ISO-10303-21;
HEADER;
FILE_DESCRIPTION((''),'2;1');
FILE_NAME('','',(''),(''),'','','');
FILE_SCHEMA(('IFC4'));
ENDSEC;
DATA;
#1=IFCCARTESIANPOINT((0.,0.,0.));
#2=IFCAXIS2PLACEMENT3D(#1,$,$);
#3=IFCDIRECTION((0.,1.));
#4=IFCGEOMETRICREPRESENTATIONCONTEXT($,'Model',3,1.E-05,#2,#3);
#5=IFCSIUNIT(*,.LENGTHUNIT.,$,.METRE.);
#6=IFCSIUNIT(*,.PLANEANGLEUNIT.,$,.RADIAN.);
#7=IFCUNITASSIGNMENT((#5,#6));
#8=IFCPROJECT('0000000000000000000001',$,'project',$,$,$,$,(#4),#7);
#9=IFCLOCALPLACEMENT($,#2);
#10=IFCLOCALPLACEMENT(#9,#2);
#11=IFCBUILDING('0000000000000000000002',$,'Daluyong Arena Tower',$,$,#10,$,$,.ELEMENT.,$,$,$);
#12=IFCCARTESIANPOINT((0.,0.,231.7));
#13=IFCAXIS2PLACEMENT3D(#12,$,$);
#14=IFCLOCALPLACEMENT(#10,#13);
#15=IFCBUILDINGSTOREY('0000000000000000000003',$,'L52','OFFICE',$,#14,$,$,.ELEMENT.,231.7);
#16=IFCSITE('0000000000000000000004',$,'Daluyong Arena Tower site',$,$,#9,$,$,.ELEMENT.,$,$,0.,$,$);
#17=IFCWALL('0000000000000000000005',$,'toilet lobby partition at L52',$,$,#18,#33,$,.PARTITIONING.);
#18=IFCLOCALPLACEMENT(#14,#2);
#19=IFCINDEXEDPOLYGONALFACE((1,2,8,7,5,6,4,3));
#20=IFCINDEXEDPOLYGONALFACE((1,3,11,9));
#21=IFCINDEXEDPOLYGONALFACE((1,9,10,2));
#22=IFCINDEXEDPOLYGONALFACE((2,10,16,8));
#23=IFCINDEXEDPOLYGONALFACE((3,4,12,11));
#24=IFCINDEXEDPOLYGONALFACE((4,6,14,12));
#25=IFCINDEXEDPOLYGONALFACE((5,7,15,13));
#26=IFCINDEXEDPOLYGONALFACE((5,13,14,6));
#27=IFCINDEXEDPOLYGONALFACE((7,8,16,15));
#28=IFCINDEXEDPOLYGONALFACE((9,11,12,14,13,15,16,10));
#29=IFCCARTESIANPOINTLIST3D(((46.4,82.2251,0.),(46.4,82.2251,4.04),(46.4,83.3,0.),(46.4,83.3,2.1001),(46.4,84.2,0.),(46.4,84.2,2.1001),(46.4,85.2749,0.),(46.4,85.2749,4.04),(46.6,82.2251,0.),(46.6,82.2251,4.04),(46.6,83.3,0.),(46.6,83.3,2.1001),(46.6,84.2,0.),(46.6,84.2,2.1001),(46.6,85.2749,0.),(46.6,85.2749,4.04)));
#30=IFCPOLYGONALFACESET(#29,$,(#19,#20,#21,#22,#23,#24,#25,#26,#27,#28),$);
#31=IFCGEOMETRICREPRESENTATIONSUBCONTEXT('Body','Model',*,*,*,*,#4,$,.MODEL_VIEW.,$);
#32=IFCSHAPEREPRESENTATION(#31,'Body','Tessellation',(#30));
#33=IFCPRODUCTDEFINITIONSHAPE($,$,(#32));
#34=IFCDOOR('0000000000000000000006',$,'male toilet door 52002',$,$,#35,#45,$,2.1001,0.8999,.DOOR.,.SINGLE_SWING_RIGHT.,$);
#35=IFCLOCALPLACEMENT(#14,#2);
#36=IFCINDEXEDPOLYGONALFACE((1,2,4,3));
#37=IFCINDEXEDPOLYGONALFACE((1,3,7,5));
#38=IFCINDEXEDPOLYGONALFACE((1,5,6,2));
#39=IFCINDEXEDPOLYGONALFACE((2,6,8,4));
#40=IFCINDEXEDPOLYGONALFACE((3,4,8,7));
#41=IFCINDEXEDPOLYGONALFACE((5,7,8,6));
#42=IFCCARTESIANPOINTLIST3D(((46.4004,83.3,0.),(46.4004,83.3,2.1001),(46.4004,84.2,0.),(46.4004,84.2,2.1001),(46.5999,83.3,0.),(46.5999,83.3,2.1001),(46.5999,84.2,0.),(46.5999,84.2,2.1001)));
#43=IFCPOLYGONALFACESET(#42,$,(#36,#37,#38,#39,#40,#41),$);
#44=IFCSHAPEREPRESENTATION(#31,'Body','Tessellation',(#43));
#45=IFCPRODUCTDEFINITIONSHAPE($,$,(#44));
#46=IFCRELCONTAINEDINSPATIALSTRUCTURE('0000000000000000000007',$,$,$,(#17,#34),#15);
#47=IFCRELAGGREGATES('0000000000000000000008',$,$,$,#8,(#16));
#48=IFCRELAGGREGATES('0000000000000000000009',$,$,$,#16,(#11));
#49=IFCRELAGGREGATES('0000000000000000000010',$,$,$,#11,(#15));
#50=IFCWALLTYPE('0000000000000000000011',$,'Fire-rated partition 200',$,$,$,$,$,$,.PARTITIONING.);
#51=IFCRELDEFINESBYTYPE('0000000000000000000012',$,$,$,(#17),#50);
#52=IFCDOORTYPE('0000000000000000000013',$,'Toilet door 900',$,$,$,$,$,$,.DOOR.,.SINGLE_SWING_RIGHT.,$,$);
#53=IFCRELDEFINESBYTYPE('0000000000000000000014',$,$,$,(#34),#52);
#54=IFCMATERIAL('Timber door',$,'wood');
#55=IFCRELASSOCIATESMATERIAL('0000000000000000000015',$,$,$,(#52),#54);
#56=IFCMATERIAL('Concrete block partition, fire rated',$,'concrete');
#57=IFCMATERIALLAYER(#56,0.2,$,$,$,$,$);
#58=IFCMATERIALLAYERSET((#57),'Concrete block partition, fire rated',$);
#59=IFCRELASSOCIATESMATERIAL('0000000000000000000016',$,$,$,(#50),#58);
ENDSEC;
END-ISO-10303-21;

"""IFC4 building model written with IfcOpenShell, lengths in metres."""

from ifc_helpers import new_model, si_unit, direction, frame, frame_2d, origin, place, context, subcontext, project, spatial, rectangle, extrude, material, layer, layer_set, type_object, element, fill, save


model = new_model("IFC4")

# Units and contexts
model_context = context("Model", 3, precision=1e-05, world=origin(), true_north=direction((0.0, 1.0)))
body_context = subcontext(model_context, "Body", "Model", "MODEL_VIEW")
ifc_project = project(units=[si_unit("LENGTHUNIT", "METRE"), si_unit("PLANEANGLEUNIT", "RADIAN")], contexts=[model_context])

# Site, building, storey
site_placement = place(None, origin())
site = spatial("IfcSite", under=ifc_project, at=site_placement, Name="Daluyong Arena Tower site", CompositionType="ELEMENT", RefElevation=0.0)
building_placement = place(site_placement, origin())
building = spatial("IfcBuilding", under=site, at=building_placement, Name="Daluyong Arena Tower", CompositionType="ELEMENT")
storey_placement = place(building_placement, frame((0.0, 0.0, 231.7)))
storey = spatial("IfcBuildingStorey", under=building, at=storey_placement, Name="L52", Description="OFFICE", CompositionType="ELEMENT", Elevation=231.7)

# Shared definitions
ifc_material_1 = material(Name="Timber door", Category="wood")
door_type_1 = type_object("IfcDoorType", Name="Toilet door 900", OperationType="SINGLE_SWING_RIGHT", PredefinedType="DOOR", material=ifc_material_1)

# Wall, opening, door
ifc_material_2 = material(Name="Concrete block partition, fire rated", Category="concrete")
ifc_layer_1 = layer(ifc_material_2, 0.2)
ifc_layer_set_1 = layer_set([ifc_layer_1], Name="Concrete block partition, fire rated")
wall_type_1 = type_object("IfcWallType", Name="Fire-rated partition 200", PredefinedType="PARTITIONING", material=ifc_layer_set_1)
wall_1_placement = place(storey_placement, frame((46.5, 82.2251, 0.0), z_axis=(0.0, 0.0, 1.0), x_axis=(0.0, 1.0, 0.0)))
wall_1 = element("IfcWall", 1, at=wall_1_placement, inside=storey, type_object=wall_type_1, Name="toilet lobby partition at L52", PredefinedType="PARTITIONING", context=body_context, shape_type="SweptSolid", body=[
    extrude(rectangle(XDim=3.0498, YDim=0.2, at=frame_2d((1.5249, 0.0))), origin(), (0.0, 0.0, 1.0), 4.04),
])
opening_1_placement = place(wall_1_placement, frame((1.075, 0.0, 0.0)))
opening_1 = element("IfcOpeningElement", 2, at=opening_1_placement, cuts=wall_1, PredefinedType="OPENING", context=body_context, shape_type="SweptSolid", body=[
    extrude(rectangle(XDim=0.8999, YDim=2.1001, at=frame_2d((0.45, 1.05))), frame((0.0, 0.1099, 0.0), z_axis=(0.0, -1.0, 0.0), x_axis=(1.0, 0.0, 0.0)), (0.0, 0.0, 1.0), 0.22),
])
door_1_placement = place(opening_1_placement, origin())
door_1 = element("IfcDoor", 3, at=door_1_placement, inside=storey, type_object=door_type_1, Name="male toilet door 52002", OperationType="SINGLE_SWING_RIGHT", OverallHeight=2.1001, OverallWidth=0.8999, PredefinedType="DOOR", context=body_context, shape_type="SweptSolid", body=[
    extrude(rectangle(XDim=0.8999, YDim=2.1001, at=frame_2d((0.45, 1.05))), frame((0.0, 0.0996, 0.0), z_axis=(0.0, -1.0, 0.0), x_axis=(1.0, 0.0, 0.0)), (0.0, 0.0, 1.0), 0.1995),
])
fill(opening_1, door_1)

save(model, "model.ifc")
